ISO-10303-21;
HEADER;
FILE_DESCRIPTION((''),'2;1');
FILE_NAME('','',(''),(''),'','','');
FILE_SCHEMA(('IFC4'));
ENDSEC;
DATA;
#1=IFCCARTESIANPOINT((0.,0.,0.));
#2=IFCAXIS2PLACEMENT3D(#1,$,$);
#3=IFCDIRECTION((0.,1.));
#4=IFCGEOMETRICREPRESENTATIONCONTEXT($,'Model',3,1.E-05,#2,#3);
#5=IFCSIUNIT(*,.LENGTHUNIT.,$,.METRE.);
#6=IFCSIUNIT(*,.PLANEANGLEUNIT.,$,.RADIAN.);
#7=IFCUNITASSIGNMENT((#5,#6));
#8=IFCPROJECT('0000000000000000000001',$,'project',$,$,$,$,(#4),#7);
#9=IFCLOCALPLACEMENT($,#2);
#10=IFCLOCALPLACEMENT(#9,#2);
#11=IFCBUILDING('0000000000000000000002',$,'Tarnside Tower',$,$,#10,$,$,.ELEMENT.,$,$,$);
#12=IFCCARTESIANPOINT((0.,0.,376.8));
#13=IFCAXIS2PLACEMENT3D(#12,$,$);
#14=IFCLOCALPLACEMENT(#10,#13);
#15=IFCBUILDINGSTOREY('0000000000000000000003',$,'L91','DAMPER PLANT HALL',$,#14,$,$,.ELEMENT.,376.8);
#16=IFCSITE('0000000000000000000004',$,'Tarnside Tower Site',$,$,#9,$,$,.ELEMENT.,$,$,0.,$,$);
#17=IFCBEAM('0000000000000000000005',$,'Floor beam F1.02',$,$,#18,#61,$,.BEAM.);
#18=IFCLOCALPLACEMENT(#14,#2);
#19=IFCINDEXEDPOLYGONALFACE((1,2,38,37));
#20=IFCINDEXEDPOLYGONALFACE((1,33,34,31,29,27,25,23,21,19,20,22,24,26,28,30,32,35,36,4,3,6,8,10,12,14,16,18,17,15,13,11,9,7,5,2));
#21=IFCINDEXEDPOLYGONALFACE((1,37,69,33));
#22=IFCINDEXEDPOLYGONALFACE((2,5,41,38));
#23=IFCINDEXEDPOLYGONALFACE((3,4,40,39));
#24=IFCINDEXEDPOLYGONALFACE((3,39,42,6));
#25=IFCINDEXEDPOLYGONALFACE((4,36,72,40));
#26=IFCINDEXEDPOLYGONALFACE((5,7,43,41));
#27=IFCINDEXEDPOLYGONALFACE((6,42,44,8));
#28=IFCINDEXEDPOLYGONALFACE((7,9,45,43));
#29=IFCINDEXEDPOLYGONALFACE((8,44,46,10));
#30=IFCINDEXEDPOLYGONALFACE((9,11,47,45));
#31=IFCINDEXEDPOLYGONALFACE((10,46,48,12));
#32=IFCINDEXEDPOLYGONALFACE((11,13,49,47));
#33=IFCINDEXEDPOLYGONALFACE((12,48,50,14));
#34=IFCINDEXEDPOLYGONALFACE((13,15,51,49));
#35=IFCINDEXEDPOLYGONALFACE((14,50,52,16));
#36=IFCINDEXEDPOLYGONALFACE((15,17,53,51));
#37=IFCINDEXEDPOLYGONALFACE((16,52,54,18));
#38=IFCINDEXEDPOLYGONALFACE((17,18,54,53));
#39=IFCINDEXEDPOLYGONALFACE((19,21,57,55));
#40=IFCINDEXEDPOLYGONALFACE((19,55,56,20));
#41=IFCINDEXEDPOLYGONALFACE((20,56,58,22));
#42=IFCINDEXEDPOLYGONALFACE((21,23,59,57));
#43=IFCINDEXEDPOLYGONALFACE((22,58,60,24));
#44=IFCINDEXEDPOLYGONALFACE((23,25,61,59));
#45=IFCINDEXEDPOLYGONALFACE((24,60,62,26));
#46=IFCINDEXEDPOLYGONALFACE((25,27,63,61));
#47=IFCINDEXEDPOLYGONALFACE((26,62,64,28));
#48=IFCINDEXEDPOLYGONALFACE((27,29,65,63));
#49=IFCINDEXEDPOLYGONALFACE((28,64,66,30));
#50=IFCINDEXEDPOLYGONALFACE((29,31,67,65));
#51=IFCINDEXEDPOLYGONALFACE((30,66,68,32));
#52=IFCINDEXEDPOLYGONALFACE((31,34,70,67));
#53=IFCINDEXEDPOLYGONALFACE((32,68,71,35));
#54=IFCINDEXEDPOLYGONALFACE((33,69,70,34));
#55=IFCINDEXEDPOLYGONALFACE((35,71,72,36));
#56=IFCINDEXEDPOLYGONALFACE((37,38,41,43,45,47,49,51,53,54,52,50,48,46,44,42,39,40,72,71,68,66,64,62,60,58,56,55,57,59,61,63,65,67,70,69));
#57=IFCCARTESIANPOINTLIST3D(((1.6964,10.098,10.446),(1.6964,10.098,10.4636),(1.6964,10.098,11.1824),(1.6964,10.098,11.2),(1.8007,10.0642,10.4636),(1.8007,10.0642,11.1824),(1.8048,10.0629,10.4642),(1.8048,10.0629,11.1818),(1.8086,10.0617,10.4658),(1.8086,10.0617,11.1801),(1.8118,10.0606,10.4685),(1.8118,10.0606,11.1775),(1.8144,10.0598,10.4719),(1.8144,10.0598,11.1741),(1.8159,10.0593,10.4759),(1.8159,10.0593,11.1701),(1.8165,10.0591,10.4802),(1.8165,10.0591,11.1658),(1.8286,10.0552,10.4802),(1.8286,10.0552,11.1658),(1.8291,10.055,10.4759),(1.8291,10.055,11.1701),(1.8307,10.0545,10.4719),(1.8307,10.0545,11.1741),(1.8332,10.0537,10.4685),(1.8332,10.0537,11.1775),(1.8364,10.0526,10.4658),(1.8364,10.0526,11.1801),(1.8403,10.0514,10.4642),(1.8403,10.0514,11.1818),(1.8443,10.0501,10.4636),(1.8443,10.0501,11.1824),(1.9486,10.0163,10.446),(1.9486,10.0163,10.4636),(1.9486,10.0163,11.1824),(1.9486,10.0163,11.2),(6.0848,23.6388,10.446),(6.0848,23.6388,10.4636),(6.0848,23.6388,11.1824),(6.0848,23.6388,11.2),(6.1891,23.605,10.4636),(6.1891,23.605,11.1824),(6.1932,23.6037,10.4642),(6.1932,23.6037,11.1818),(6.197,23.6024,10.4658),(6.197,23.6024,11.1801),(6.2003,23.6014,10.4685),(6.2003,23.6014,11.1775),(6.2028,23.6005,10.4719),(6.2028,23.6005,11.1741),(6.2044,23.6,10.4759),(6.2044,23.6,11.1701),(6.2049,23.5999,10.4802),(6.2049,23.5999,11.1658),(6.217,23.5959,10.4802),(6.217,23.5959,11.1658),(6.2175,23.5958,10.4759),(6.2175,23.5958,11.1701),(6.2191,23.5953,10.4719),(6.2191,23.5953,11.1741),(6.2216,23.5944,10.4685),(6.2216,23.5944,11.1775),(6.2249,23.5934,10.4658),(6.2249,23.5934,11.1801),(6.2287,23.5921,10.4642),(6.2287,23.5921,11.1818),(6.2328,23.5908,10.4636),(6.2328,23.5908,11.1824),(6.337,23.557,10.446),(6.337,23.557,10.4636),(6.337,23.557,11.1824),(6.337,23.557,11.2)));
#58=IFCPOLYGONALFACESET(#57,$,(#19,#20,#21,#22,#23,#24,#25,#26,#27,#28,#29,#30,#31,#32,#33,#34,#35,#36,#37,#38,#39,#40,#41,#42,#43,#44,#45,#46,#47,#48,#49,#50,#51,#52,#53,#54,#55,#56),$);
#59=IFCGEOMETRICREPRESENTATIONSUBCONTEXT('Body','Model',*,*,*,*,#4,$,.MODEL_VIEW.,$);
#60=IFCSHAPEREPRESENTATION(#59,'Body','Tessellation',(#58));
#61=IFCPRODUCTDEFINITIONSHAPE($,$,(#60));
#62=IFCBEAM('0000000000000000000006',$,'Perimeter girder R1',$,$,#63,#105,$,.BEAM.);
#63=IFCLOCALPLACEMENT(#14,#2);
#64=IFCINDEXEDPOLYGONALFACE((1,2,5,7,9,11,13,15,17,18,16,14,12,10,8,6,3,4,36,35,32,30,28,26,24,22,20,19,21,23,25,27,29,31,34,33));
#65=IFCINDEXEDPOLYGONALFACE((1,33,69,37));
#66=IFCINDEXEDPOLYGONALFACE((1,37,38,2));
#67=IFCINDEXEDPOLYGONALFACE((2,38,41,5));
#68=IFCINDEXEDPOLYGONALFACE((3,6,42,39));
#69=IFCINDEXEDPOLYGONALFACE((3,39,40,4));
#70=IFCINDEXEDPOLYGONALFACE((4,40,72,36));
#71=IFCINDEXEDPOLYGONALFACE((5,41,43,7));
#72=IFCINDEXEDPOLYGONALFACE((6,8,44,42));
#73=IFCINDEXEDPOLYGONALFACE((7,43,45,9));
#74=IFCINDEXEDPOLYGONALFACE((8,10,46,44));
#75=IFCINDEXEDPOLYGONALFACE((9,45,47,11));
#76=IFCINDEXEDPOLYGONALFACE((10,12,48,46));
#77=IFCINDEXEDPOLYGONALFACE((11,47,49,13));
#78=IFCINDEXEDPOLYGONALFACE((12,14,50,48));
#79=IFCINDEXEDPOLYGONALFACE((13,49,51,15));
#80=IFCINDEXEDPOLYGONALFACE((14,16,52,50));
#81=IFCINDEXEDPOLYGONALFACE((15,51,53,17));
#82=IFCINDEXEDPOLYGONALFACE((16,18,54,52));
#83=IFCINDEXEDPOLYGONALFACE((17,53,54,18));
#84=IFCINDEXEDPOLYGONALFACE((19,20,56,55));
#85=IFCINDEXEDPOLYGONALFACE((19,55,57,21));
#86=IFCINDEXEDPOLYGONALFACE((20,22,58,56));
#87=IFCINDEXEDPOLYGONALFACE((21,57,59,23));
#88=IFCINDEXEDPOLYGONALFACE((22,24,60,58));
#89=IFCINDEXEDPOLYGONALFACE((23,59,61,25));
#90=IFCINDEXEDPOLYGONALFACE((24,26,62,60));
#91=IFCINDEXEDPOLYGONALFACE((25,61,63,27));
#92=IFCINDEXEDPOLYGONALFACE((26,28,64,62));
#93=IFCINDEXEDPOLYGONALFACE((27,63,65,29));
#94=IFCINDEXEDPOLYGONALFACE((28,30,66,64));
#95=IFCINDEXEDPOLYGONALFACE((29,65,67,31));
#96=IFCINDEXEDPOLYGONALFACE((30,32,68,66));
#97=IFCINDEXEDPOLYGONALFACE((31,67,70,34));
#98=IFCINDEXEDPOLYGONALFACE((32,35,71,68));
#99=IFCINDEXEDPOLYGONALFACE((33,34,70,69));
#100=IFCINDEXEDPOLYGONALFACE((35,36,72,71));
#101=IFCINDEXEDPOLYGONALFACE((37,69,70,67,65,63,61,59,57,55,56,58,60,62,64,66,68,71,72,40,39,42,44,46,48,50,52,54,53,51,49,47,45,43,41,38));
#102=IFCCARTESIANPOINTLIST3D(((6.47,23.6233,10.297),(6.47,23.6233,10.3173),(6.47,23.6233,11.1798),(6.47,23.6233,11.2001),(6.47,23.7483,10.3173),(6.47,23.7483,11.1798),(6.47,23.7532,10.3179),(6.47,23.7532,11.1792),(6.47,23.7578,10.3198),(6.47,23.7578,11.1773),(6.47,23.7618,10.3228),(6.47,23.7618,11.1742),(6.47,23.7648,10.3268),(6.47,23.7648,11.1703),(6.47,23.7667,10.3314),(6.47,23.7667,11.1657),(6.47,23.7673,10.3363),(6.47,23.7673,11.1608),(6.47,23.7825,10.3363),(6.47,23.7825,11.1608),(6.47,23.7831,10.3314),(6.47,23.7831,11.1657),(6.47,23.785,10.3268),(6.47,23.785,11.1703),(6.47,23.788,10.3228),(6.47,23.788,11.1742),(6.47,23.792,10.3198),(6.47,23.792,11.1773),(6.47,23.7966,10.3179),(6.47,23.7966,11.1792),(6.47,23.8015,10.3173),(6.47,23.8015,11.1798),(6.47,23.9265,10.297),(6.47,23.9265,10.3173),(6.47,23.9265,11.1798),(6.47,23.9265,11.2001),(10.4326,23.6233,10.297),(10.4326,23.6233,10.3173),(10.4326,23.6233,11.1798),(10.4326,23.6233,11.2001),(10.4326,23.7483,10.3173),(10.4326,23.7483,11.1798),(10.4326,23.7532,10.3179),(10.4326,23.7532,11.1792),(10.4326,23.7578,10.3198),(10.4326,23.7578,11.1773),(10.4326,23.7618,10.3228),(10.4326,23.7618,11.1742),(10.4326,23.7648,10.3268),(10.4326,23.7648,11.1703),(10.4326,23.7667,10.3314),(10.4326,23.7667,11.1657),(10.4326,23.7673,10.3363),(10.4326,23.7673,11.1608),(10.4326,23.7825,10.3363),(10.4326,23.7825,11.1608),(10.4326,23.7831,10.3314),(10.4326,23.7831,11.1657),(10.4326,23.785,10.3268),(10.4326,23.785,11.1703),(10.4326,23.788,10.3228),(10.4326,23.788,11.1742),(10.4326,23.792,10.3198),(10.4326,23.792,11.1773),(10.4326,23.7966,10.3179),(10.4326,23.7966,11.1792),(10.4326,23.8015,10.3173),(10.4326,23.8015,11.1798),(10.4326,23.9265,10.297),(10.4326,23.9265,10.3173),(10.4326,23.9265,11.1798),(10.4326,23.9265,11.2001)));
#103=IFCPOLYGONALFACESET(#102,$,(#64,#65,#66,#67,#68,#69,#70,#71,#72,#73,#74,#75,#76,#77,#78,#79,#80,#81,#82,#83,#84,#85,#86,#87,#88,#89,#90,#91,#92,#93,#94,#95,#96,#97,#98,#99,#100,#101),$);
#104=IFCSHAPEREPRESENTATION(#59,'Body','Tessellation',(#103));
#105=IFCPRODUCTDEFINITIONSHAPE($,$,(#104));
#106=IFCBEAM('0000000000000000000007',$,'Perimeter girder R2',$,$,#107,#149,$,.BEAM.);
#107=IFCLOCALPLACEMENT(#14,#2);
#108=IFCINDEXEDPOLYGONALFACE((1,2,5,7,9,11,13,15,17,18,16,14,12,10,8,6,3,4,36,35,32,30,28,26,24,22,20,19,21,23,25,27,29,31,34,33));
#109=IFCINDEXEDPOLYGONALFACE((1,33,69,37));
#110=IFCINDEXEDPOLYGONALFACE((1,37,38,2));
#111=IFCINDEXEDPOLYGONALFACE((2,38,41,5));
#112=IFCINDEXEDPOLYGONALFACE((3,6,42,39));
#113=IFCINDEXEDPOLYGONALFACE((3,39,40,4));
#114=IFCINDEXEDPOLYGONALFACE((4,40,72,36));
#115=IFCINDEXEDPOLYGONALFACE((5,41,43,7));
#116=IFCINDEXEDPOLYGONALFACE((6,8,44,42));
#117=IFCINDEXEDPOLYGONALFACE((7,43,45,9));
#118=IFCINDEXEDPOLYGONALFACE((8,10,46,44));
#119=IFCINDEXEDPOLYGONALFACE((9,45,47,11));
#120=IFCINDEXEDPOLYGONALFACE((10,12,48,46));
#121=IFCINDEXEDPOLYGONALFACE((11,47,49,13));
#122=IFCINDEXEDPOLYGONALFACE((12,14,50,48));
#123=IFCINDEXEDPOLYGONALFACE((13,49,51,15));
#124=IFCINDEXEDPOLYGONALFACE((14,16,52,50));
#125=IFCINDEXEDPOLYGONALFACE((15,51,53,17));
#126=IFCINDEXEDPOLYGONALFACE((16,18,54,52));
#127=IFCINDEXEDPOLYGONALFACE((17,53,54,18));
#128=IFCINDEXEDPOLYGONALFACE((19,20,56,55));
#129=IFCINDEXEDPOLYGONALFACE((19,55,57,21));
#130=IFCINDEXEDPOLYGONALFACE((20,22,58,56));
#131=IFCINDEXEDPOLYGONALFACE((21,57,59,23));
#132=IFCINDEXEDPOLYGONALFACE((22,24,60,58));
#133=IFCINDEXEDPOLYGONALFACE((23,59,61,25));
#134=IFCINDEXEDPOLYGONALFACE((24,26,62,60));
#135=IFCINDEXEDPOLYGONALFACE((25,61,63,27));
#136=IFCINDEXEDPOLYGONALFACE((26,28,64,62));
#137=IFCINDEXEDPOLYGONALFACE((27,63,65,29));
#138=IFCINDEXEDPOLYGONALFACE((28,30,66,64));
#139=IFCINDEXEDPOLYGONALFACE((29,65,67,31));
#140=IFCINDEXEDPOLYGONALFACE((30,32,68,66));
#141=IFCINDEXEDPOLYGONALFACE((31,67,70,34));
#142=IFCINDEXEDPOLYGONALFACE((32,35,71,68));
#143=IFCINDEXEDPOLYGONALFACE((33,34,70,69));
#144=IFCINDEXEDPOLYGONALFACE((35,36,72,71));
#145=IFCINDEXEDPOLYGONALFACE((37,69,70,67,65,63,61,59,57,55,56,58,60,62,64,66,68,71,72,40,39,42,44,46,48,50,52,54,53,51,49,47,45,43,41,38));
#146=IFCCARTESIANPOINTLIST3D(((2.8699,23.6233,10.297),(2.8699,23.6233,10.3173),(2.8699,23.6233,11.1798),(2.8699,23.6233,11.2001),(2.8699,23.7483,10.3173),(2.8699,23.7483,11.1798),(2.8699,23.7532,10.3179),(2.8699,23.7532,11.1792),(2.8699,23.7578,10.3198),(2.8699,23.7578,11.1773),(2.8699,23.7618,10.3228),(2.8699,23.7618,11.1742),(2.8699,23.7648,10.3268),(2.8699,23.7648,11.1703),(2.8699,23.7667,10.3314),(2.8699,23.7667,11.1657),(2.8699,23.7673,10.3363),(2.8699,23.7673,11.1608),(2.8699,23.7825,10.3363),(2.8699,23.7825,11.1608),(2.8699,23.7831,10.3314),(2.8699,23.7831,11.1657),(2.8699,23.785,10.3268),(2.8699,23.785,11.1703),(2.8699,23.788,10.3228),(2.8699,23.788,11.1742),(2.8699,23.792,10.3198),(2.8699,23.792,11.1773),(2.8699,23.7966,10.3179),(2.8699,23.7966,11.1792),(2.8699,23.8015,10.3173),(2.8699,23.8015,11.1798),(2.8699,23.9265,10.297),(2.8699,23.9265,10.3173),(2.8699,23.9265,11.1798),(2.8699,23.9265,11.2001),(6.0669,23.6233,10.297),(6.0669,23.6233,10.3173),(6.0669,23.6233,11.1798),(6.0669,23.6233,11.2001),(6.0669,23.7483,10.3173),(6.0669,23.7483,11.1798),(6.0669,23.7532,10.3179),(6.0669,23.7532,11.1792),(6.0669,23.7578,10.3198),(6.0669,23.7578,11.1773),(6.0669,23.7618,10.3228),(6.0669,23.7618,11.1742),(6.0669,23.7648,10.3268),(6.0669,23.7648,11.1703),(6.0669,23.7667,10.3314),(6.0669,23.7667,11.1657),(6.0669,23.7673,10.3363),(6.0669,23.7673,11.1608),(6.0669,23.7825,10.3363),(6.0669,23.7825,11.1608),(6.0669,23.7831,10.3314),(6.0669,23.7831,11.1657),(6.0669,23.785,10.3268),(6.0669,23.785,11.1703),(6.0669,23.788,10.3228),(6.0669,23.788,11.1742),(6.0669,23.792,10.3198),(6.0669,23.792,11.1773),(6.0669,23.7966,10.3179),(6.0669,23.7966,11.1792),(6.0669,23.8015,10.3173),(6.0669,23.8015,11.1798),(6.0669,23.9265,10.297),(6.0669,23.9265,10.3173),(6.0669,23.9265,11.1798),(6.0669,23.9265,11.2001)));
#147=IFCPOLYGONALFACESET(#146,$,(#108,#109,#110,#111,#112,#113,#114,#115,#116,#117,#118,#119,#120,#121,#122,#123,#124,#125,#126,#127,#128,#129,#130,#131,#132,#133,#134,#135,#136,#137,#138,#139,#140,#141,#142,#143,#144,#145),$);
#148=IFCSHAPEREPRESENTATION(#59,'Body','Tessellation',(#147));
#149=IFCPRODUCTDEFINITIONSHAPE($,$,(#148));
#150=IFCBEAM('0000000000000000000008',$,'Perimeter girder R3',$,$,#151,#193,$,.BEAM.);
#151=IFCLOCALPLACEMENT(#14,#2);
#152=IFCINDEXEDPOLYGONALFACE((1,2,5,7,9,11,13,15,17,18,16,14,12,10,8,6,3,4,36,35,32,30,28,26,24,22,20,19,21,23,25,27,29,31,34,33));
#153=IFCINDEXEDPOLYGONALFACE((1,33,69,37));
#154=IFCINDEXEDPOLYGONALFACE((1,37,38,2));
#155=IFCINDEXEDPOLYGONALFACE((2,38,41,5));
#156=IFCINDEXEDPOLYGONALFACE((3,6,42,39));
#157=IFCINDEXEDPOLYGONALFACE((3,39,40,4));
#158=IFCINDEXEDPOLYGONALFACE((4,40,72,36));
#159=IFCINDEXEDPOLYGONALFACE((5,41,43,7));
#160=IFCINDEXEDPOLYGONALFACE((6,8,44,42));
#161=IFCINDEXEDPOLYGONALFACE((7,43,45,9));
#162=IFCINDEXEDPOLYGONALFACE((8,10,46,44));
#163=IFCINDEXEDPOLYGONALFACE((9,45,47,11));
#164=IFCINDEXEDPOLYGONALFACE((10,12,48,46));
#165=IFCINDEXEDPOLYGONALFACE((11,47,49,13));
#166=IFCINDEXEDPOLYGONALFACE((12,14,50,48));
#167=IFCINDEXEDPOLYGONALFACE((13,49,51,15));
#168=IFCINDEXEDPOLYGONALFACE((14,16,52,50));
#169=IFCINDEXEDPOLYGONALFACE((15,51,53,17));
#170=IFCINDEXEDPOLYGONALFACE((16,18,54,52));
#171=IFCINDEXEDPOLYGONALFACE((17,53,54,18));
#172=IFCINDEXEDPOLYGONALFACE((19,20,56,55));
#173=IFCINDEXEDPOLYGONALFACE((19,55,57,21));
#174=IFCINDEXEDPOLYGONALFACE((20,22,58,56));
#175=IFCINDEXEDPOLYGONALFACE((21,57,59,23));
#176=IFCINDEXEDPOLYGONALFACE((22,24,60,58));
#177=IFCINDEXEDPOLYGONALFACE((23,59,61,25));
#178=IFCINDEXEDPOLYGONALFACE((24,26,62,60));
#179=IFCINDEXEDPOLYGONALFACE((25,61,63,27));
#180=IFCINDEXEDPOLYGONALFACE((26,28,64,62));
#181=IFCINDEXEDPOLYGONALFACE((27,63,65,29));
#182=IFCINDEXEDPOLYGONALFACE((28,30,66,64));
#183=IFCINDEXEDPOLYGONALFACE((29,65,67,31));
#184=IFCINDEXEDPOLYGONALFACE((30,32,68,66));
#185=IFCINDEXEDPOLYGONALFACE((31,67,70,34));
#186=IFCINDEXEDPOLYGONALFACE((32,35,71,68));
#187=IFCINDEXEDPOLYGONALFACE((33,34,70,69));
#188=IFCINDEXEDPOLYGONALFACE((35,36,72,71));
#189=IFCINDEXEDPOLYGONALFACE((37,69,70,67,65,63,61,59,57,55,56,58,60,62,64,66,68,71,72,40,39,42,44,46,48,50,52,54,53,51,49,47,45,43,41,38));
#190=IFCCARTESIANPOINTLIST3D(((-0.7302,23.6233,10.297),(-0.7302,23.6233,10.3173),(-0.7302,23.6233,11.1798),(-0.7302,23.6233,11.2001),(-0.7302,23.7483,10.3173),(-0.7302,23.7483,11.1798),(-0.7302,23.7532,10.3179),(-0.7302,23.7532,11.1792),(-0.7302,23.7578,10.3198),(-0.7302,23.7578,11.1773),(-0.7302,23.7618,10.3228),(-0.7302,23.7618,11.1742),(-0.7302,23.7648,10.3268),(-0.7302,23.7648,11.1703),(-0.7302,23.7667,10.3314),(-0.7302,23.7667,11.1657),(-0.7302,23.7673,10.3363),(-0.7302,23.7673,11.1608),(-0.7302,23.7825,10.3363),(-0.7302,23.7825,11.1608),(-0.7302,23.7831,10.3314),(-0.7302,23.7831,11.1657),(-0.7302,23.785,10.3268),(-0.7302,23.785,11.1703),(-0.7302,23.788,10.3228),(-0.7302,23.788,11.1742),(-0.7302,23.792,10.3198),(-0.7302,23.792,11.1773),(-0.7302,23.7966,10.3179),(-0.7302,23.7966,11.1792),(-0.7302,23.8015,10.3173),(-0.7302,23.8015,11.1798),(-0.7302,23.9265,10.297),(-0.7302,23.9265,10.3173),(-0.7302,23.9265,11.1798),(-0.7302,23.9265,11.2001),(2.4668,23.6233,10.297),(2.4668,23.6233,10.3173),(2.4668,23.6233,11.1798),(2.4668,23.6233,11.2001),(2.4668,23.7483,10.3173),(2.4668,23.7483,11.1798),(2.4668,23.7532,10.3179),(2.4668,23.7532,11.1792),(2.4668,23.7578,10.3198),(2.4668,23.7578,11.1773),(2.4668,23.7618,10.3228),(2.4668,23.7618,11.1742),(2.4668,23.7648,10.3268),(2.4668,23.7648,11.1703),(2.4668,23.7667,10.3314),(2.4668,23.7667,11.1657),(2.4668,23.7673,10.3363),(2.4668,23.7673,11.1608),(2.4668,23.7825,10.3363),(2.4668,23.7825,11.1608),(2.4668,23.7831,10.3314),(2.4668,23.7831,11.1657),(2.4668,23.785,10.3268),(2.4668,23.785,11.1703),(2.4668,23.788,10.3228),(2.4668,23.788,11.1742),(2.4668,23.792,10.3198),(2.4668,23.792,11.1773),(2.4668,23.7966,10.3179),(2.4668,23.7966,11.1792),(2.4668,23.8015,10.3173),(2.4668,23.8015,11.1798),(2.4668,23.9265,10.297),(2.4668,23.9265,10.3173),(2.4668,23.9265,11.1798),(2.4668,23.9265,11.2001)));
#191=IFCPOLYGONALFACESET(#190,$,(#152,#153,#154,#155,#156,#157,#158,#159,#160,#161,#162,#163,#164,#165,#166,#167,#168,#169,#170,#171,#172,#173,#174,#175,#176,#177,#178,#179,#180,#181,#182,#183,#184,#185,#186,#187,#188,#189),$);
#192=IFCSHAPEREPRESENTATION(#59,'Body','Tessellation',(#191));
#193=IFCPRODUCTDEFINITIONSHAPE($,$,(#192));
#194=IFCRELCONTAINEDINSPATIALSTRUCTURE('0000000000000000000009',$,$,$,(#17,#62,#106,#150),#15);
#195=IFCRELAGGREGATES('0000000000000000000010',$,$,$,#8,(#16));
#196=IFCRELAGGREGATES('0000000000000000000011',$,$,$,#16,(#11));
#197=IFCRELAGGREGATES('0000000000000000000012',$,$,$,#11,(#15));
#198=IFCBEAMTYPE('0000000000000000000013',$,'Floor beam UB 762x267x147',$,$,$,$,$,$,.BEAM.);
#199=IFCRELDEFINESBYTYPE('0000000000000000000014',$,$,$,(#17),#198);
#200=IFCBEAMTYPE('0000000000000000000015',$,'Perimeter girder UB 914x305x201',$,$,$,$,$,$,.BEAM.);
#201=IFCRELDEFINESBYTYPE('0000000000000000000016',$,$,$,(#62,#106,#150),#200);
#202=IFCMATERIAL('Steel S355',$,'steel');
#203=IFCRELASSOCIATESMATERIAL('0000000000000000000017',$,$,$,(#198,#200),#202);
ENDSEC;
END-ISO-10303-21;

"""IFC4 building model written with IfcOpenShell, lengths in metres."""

from ifc_helpers import new_model, si_unit, direction, frame, origin, origin_2d, place, context, subcontext, project, spatial, i_section, extrude, material, material_profile, profile_set, type_object, element, save


model = new_model("IFC4")

# Units and contexts
model_context = context("Model", 3, precision=1e-05, world=origin(), true_north=direction((0.0, 1.0)))
body_context = subcontext(model_context, "Body", "Model", "MODEL_VIEW")
ifc_project = project(units=[si_unit("LENGTHUNIT", "METRE"), si_unit("PLANEANGLEUNIT", "RADIAN")], contexts=[model_context])

# Site, building, storey
site_placement = place(None, origin())
site = spatial("IfcSite", under=ifc_project, at=site_placement, Name="Tarnside Tower Site", CompositionType="ELEMENT", RefElevation=0.0)
building_placement = place(site_placement, origin())
building = spatial("IfcBuilding", under=site, at=building_placement, Name="Tarnside Tower", CompositionType="ELEMENT")
storey_placement = place(building_placement, frame((0.0, 0.0, 376.8)))
storey = spatial("IfcBuildingStorey", under=building, at=storey_placement, Name="L91", Description="DAMPER PLANT HALL", CompositionType="ELEMENT", Elevation=376.8)

# Shared definitions
ifc_material_1 = material(Name="Steel S355", Category="steel")

# Beams
ifc_material_profile_1 = material_profile(ifc_material_1, i_section(OverallWidth=0.2651, OverallDepth=0.7539, WebThickness=0.0127, FlangeThickness=0.0176, FilletRadius=0.0166, at=origin_2d()), Name="UB 762x267x147")
ifc_profile_set_1 = profile_set([ifc_material_profile_1], Name="Steel S355")
beam_type_1 = type_object("IfcBeamType", Name="Floor beam UB 762x267x147", PredefinedType="BEAM", material=ifc_profile_set_1)
beam_1_placement = place(storey_placement, frame((6.2109, 23.5979, 10.823), z_axis=(-0.308303, -0.951288, 0.0), x_axis=(0.951288, -0.308303, 0.0)))
element("IfcBeam", 1, at=beam_1_placement, inside=storey, type_object=beam_type_1, Name="Floor beam F1.02", PredefinedType="BEAM", context=body_context, shape_type="SweptSolid", body=[
    extrude(i_section(OverallWidth=0.2651, OverallDepth=0.7539, WebThickness=0.0127, FlangeThickness=0.0176, FilletRadius=0.0166, at=origin_2d()), origin(), (0.0, 0.0, 1.0), 14.2341),
])
ifc_material_profile_2 = material_profile(ifc_material_1, i_section(OverallWidth=0.3032, OverallDepth=0.9031, WebThickness=0.0151, FlangeThickness=0.0203, FilletRadius=0.019, at=origin_2d()), Name="UB 914x305x201")
ifc_profile_set_2 = profile_set([ifc_material_profile_2], Name="Steel S355")
beam_type_2 = type_object("IfcBeamType", Name="Perimeter girder UB 914x305x201", PredefinedType="BEAM", material=ifc_profile_set_2)
beam_2_placement = place(storey_placement, frame((10.4326, 23.7749, 10.7485), z_axis=(-1.0, 0.0, 0.0), x_axis=(0.0, -1.0, 0.0)))
element("IfcBeam", 2, at=beam_2_placement, inside=storey, type_object=beam_type_2, Name="Perimeter girder R1", PredefinedType="BEAM", context=body_context, shape_type="SweptSolid", body=[
    extrude(i_section(OverallWidth=0.3032, OverallDepth=0.9031, WebThickness=0.0151, FlangeThickness=0.0203, FilletRadius=0.019, at=origin_2d()), origin(), (0.0, 0.0, 1.0), 3.9626),
])
for number, where, z_axis, x_axis, name in (
    (3, (6.0669, 23.7749, 10.7485), (-1.0, 0.0, 0.0), (0.0, -1.0, 0.0), "Perimeter girder R2"),
    (4, (2.4668, 23.7749, 10.7485), (-1.0, 0.0, 0.0), (0.0, -1.0, 0.0), "Perimeter girder R3"),
):
    element("IfcBeam", number, at=place(storey_placement, frame(where, z_axis=z_axis, x_axis=x_axis)), inside=storey, type_object=beam_type_2, Name=name, PredefinedType="BEAM", context=body_context, shape_type="SweptSolid", body=[
        extrude(i_section(OverallWidth=0.3032, OverallDepth=0.9031, WebThickness=0.0151, FlangeThickness=0.0203, FilletRadius=0.019, at=origin_2d()), origin(), (0.0, 0.0, 1.0), 3.197),
    ])

save(model, "model.ifc")
